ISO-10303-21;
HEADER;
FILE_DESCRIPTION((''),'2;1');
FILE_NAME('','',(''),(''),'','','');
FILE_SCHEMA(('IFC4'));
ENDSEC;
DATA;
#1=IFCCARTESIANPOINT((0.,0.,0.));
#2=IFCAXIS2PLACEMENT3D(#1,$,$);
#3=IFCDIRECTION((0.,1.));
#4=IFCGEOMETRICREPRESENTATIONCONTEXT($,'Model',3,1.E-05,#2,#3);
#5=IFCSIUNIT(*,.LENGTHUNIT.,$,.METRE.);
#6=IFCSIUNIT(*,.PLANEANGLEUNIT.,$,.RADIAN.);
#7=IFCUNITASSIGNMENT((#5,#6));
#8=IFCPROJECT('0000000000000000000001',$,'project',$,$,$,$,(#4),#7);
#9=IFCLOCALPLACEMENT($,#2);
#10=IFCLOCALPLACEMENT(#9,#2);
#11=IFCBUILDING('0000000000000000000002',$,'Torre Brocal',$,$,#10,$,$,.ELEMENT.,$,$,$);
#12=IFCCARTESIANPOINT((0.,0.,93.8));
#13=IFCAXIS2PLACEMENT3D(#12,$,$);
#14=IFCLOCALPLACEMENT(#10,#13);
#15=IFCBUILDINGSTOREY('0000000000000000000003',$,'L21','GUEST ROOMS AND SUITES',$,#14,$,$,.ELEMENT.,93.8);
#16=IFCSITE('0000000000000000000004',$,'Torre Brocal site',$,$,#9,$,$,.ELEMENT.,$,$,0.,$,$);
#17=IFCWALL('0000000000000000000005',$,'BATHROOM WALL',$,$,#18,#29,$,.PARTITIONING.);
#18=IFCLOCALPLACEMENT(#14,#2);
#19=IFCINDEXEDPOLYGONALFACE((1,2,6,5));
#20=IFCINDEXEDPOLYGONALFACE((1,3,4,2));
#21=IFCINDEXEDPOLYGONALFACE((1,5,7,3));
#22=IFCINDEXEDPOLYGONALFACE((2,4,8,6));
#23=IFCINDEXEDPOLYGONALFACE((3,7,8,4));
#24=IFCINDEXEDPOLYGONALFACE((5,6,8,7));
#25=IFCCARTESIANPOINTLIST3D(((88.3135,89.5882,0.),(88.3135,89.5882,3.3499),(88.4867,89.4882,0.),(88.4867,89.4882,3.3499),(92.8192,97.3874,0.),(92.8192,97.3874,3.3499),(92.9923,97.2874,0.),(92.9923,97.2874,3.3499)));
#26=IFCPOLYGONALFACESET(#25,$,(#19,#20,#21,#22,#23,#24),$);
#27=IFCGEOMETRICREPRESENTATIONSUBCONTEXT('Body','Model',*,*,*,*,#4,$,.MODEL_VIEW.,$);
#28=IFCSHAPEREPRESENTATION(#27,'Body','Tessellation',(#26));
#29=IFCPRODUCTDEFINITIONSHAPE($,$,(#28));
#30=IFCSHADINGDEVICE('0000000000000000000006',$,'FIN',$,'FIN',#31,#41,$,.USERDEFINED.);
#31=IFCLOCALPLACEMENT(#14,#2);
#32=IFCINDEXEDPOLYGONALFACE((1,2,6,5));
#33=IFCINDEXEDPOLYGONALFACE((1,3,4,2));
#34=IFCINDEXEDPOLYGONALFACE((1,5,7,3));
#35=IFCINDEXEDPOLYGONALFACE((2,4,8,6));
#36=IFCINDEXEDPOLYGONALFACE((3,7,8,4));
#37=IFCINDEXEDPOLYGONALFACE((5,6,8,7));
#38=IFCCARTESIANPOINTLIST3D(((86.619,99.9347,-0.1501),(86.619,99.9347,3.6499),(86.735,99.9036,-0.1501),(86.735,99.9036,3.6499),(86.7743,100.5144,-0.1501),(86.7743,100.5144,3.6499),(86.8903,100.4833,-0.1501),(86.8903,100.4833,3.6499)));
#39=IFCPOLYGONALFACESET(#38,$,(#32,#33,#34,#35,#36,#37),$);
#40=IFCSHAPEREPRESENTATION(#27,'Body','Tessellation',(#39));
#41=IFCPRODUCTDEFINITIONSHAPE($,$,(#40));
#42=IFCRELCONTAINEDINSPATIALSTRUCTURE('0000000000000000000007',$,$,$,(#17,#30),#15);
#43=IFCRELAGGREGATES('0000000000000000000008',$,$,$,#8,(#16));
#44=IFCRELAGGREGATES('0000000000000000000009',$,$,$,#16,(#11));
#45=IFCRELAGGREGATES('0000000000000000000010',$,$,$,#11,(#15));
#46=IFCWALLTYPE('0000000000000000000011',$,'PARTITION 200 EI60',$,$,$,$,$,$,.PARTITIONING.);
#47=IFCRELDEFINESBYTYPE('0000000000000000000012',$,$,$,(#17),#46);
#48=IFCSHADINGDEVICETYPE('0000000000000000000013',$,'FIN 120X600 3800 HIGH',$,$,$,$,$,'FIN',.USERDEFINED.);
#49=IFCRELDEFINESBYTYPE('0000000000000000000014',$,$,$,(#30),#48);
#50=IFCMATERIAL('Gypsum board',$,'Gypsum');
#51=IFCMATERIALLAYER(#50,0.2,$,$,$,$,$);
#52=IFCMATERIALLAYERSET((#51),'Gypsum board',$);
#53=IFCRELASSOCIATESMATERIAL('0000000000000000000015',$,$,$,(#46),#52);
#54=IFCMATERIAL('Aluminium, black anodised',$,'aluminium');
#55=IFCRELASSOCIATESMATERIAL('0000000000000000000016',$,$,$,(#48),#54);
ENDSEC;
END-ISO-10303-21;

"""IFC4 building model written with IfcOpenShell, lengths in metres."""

from ifc_helpers import new_model, si_unit, direction, frame, frame_2d, origin, origin_2d, place, context, subcontext, project, spatial, rectangle, extrude, material, layer, layer_set, material_profile, profile_set, type_object, element, save


model = new_model("IFC4")

# Units and contexts
model_context = context("Model", 3, precision=1e-05, world=origin(), true_north=direction((0.0, 1.0)))
body_context = subcontext(model_context, "Body", "Model", "MODEL_VIEW")
ifc_project = project(units=[si_unit("LENGTHUNIT", "METRE"), si_unit("PLANEANGLEUNIT", "RADIAN")], contexts=[model_context])

# Site, building, storey
site_placement = place(None, origin())
site = spatial("IfcSite", under=ifc_project, at=site_placement, Name="Torre Brocal site", CompositionType="ELEMENT", RefElevation=0.0)
building_placement = place(site_placement, origin())
building = spatial("IfcBuilding", under=site, at=building_placement, Name="Torre Brocal", CompositionType="ELEMENT")
storey_placement = place(building_placement, frame((0.0, 0.0, 93.8)))
storey = spatial("IfcBuildingStorey", under=building, at=storey_placement, Name="L21", Description="GUEST ROOMS AND SUITES", CompositionType="ELEMENT", Elevation=93.8)

# Shared definitions
ifc_material_1 = material(Name="Gypsum board", Category="Gypsum")
ifc_layer_1 = layer(ifc_material_1, 0.2)
ifc_layer_set_1 = layer_set([ifc_layer_1], Name="Gypsum board")
wall_type_1 = type_object("IfcWallType", Name="PARTITION 200 EI60", PredefinedType="PARTITIONING", material=ifc_layer_set_1)

# Wall
wall_1_placement = place(storey_placement, frame((88.4001, 89.5383, 0.0), z_axis=(0.0, 0.0, 1.0), x_axis=(0.500235, 0.86589, 0.0)))
element("IfcWall", 1, at=wall_1_placement, inside=storey, type_object=wall_type_1, Name="BATHROOM WALL", PredefinedType="PARTITIONING", context=body_context, shape_type="SweptSolid", body=[
    extrude(rectangle(XDim=9.0071, YDim=0.2, at=frame_2d((4.5034, 0.0))), origin(), (0.0, 0.0, 1.0), 3.3499),
])

# Shading device
ifc_material_2 = material(Name="Aluminium, black anodised", Category="aluminium")
ifc_material_profile_1 = material_profile(ifc_material_2, rectangle(XDim=0.1201, YDim=0.6001, at=origin_2d()), Name="FIN 120X600 3800 HIGH")
ifc_profile_set_1 = profile_set([ifc_material_profile_1], Name="Aluminium, black anodised")
shading_device_type = type_object("IfcShadingDeviceType", Name="FIN 120X600 3800 HIGH", ElementType="FIN", PredefinedType="USERDEFINED", material=ifc_profile_set_1)
shading_device_placement = place(storey_placement, frame((86.7546, 100.209, -0.1501), z_axis=(0.0, 0.0, 1.0), x_axis=(-0.965926, 0.258819, 0.0)))
element("IfcShadingDevice", 2, at=shading_device_placement, inside=storey, type_object=shading_device_type, Name="FIN", ObjectType="FIN", PredefinedType="USERDEFINED", context=body_context, shape_type="SweptSolid", body=[
    extrude(rectangle(XDim=0.1201, YDim=0.6001, at=origin_2d()), origin(), (0.0, 0.0, 1.0), 3.8),
])

save(model, "model.ifc")
